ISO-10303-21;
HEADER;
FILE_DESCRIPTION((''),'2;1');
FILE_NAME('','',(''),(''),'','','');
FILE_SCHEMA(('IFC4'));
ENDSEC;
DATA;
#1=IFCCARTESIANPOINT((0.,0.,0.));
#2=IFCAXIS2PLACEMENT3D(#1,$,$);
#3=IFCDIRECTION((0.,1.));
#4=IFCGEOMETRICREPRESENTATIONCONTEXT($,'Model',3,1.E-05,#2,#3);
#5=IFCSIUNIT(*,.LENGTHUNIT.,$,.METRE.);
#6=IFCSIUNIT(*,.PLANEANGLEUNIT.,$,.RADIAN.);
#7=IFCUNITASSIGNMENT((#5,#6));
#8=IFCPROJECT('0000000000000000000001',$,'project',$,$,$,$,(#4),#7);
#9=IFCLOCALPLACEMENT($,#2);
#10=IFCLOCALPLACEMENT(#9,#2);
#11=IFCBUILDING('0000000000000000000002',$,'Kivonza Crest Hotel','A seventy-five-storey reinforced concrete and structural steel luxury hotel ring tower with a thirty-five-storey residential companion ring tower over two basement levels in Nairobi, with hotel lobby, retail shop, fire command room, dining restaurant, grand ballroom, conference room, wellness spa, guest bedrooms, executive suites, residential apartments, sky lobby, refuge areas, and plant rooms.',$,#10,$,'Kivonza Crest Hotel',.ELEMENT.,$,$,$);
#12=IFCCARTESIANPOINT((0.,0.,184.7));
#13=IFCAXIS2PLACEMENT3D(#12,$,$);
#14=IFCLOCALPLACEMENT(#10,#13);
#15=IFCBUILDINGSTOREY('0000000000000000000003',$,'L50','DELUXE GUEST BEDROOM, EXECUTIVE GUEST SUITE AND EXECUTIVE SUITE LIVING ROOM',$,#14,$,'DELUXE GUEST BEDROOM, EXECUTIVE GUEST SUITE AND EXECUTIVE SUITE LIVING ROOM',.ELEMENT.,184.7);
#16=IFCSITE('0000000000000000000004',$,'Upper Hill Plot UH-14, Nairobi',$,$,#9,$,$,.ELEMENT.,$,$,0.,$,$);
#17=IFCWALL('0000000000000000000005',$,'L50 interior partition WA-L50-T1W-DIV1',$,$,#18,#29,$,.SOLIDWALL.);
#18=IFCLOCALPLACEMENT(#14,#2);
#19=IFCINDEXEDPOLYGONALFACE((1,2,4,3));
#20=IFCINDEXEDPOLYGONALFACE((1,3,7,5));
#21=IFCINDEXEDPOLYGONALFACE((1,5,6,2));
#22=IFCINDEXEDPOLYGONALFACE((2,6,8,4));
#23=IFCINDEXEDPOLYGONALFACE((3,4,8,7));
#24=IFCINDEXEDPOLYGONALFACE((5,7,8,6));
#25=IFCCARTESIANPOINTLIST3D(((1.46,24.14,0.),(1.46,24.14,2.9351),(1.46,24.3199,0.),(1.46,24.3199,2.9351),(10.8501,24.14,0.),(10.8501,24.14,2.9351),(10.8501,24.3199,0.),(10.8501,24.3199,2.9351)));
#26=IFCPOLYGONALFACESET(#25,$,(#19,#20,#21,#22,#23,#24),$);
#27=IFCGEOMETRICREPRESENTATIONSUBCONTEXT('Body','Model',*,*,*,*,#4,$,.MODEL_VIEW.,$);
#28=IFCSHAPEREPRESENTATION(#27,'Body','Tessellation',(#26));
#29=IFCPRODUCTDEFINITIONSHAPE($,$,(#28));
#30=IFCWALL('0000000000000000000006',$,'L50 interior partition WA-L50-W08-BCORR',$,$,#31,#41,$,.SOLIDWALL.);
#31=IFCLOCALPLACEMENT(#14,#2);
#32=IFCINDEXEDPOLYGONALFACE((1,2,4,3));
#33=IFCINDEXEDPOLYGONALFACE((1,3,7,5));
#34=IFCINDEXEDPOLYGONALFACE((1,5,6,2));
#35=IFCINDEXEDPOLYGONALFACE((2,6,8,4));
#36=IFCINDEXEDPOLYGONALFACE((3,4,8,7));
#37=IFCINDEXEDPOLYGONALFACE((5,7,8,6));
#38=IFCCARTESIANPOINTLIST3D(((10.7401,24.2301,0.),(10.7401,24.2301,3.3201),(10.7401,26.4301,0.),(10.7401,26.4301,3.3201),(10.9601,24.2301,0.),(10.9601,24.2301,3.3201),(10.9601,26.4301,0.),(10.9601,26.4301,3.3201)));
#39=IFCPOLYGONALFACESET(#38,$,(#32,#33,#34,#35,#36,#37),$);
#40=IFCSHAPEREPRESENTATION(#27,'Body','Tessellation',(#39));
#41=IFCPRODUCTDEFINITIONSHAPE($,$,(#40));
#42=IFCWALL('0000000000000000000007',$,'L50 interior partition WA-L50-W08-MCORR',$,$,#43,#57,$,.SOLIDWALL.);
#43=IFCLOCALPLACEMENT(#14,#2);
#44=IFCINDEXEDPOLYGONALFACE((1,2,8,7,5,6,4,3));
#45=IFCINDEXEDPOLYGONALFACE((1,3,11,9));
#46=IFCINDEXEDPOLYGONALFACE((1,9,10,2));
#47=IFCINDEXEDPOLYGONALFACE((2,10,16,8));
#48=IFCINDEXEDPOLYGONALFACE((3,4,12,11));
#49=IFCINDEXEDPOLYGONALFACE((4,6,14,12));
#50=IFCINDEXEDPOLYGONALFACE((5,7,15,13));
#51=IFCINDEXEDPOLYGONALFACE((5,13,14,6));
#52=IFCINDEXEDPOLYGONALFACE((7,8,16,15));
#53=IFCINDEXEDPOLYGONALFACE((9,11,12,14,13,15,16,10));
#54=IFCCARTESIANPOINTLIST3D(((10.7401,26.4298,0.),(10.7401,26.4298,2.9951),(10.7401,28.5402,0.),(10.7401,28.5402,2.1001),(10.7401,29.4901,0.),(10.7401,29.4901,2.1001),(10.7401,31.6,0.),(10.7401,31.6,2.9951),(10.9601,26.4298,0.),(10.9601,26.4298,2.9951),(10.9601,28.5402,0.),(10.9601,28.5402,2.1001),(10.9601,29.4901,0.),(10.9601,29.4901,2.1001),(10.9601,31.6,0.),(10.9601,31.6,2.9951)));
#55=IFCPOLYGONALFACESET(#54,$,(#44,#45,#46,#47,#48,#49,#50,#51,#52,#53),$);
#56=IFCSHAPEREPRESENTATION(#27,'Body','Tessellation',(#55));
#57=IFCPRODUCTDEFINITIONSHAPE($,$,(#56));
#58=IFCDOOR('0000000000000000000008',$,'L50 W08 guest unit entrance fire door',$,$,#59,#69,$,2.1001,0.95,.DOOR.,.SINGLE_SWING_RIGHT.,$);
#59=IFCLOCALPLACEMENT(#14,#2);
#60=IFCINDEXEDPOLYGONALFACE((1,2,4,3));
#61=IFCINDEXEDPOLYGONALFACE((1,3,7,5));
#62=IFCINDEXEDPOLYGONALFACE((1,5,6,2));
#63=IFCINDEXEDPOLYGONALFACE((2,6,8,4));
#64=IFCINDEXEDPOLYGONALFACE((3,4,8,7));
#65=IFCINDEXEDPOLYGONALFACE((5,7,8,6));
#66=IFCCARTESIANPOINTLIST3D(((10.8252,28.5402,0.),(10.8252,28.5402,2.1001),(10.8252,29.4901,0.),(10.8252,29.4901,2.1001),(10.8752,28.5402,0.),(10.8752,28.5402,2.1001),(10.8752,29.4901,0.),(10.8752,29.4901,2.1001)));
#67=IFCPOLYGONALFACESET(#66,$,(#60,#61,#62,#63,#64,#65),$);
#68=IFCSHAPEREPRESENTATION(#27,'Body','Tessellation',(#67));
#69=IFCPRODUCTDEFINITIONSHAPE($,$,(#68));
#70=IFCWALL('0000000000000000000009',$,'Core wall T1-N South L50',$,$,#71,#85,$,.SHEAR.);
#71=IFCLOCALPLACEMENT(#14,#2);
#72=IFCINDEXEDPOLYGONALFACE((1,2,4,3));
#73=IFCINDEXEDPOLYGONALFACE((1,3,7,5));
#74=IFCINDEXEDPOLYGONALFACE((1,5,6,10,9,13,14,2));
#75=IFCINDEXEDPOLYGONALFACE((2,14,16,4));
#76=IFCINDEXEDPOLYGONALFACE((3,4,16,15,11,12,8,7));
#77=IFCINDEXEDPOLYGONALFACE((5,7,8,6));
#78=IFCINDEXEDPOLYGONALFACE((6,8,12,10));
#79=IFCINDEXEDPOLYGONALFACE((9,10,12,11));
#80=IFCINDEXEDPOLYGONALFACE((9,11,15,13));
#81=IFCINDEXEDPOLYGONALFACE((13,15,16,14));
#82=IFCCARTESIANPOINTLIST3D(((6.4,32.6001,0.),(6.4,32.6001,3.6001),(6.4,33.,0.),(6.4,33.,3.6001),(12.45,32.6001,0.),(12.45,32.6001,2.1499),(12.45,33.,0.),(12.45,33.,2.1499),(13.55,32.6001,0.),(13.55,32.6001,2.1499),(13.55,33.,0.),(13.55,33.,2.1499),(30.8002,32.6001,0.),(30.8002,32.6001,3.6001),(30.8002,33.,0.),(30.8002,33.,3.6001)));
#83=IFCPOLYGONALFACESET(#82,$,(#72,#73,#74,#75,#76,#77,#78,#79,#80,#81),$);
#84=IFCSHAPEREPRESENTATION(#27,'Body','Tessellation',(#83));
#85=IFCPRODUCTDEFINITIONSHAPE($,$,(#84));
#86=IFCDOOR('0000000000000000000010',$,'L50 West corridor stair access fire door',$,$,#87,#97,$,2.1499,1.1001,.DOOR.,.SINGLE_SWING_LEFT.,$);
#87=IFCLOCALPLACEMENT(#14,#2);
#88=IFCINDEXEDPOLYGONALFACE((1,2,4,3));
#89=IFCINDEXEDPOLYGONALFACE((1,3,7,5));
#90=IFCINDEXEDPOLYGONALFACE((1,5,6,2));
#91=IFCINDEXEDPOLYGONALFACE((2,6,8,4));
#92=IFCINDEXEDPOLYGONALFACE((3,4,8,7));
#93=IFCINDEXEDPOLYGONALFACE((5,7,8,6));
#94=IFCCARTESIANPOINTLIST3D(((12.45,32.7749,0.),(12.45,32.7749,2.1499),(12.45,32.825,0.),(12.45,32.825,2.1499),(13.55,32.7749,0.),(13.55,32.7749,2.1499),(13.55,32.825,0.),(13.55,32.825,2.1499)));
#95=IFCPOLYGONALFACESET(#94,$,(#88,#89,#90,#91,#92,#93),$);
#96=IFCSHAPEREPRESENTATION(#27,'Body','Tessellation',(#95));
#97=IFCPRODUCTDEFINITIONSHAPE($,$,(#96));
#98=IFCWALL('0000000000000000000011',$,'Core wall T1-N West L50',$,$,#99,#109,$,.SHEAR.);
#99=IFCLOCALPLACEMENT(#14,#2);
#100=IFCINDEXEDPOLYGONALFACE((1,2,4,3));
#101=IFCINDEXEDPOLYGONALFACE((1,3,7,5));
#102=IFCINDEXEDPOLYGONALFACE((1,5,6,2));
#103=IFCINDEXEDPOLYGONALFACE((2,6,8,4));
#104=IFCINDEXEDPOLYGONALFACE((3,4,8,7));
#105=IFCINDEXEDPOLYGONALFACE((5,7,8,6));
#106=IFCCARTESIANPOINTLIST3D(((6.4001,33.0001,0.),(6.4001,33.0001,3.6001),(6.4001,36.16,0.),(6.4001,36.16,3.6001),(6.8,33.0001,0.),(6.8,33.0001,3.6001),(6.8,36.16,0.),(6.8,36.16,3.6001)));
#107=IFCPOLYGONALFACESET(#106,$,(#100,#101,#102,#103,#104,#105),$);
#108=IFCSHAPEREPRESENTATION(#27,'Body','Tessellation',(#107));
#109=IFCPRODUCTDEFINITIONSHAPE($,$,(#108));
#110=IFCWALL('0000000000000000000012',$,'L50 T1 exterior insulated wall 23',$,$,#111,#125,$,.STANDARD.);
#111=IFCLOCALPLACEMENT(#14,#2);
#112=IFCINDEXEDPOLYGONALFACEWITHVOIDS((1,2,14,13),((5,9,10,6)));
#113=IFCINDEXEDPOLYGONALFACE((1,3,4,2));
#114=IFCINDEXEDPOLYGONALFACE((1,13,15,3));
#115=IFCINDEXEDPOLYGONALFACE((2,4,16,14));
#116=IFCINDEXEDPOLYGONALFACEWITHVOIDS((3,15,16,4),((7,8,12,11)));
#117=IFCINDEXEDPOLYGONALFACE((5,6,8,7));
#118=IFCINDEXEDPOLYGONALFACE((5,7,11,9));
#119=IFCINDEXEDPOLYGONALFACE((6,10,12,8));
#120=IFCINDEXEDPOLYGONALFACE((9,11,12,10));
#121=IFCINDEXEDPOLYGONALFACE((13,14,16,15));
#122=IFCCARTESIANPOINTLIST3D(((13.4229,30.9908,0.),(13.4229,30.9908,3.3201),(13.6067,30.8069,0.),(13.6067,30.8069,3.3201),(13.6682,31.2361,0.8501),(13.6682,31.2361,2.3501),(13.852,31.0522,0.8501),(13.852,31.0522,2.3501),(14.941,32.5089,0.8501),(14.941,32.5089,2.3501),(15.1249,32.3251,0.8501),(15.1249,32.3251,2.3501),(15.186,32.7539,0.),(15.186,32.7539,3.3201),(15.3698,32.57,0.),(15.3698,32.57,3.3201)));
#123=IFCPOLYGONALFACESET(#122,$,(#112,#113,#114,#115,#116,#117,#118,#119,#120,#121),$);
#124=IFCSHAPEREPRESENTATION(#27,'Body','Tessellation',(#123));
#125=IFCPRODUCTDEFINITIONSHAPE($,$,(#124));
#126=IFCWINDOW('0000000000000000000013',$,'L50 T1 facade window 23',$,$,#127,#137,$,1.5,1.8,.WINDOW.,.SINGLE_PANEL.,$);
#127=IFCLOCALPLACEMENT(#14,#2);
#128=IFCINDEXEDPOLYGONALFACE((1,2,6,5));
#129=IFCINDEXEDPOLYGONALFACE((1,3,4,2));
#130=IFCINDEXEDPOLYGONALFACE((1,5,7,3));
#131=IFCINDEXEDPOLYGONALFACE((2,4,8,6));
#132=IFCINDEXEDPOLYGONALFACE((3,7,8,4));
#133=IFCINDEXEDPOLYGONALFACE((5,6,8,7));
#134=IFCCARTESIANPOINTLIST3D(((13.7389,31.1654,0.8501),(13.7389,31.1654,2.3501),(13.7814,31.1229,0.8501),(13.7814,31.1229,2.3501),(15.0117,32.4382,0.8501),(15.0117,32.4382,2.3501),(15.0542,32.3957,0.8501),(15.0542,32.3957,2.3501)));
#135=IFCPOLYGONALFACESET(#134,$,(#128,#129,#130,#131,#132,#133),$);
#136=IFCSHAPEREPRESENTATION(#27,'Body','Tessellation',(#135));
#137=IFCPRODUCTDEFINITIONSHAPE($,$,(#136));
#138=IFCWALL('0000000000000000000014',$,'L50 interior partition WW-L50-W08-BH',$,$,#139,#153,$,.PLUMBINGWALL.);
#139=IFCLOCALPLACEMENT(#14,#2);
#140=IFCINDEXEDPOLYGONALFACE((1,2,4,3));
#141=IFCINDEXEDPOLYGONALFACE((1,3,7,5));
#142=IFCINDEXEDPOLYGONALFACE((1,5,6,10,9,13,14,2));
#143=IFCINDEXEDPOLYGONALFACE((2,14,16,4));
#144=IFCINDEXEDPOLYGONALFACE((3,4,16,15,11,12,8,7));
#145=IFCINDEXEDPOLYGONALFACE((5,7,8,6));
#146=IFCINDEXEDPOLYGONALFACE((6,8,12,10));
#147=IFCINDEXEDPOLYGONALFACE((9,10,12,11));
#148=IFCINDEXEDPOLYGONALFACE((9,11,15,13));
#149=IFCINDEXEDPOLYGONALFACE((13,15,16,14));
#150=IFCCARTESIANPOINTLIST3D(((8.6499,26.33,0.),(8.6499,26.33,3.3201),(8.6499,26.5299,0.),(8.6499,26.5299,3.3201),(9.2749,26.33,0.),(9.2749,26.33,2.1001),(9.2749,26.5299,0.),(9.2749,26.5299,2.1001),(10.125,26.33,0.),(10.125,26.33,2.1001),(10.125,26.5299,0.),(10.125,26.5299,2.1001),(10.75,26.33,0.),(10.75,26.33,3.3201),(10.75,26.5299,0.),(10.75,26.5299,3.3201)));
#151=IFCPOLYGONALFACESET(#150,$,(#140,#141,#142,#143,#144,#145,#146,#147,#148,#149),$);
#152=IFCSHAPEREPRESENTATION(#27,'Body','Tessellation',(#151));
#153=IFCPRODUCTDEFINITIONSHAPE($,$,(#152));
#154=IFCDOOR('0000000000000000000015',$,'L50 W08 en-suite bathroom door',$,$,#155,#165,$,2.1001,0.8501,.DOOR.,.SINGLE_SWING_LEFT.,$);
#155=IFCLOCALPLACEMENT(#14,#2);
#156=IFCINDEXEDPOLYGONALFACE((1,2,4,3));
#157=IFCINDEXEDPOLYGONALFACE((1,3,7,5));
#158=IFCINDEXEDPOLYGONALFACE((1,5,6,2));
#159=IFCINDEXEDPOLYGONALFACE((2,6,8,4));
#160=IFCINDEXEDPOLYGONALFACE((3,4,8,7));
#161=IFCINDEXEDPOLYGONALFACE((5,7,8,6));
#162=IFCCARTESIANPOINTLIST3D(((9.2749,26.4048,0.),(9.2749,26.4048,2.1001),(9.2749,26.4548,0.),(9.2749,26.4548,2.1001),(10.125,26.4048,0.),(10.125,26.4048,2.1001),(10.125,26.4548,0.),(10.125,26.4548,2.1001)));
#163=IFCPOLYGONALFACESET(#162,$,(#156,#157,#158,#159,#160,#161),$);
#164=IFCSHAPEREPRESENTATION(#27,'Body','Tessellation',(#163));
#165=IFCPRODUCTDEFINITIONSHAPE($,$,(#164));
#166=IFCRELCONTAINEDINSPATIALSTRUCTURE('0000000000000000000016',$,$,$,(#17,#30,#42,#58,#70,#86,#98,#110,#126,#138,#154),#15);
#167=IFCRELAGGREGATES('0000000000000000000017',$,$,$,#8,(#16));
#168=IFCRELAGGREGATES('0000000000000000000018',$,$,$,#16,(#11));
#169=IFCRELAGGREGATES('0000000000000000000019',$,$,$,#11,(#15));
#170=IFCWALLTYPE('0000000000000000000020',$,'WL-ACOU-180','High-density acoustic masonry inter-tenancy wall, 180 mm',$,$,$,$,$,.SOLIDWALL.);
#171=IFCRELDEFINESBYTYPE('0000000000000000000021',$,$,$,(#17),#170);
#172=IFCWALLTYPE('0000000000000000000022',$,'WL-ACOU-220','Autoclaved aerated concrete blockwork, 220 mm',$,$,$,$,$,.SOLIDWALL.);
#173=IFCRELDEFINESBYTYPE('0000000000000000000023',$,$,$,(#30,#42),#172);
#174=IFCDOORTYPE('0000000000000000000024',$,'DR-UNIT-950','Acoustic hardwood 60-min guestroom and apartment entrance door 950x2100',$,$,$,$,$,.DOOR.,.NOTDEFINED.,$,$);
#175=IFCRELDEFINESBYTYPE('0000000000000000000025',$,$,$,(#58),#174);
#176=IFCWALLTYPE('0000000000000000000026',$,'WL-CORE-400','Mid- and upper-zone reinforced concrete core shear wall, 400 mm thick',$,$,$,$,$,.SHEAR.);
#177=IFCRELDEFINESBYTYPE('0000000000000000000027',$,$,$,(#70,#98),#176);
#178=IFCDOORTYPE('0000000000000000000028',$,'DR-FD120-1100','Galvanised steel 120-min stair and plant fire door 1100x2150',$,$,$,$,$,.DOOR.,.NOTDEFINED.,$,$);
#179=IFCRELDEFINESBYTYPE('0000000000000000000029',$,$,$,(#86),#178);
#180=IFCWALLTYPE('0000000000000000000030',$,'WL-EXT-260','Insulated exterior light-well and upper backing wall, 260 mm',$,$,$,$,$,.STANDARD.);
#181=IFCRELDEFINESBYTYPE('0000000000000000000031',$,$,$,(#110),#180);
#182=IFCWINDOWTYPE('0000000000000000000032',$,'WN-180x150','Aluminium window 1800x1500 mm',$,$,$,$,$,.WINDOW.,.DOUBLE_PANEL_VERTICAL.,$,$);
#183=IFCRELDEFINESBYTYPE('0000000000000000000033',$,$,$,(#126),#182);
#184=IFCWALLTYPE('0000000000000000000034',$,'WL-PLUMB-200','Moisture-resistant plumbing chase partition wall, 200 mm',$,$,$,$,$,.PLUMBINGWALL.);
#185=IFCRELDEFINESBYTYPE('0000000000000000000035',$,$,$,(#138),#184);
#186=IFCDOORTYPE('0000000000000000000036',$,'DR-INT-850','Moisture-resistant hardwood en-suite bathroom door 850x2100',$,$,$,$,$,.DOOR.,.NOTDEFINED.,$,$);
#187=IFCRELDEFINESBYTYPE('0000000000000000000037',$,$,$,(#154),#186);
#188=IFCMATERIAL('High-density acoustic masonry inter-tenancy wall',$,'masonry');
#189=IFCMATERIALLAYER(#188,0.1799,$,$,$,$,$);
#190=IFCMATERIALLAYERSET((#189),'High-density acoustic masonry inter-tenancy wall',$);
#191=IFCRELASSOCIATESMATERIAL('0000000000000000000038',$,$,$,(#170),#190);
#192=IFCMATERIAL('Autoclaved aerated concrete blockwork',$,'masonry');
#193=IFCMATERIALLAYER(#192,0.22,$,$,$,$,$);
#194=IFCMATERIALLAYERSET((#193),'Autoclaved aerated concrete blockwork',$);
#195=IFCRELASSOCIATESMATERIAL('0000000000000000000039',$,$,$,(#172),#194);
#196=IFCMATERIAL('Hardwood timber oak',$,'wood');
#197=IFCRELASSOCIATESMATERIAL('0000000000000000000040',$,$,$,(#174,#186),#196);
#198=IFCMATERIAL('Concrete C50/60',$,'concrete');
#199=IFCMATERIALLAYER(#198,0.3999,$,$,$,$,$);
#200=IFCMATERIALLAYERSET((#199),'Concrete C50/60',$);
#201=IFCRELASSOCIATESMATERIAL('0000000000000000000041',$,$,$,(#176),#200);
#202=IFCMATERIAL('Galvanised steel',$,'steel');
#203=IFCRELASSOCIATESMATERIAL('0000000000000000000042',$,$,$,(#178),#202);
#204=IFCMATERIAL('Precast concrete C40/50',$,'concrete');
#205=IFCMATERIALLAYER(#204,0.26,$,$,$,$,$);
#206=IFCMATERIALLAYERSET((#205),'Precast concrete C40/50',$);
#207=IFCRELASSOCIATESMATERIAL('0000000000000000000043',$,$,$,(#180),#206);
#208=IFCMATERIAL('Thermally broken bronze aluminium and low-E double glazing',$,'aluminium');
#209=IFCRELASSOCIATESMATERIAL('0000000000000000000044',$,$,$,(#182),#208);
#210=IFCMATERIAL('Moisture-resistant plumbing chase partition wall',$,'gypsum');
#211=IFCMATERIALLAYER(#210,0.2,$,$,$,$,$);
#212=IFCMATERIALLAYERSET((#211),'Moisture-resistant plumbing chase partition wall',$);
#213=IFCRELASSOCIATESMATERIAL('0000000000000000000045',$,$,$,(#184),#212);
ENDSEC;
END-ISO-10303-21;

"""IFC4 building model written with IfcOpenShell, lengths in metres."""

from ifc_helpers import new_model, si_unit, direction, frame, frame_2d, origin, place, context, subcontext, project, spatial, rectangle, extrude, material, layer, layer_set, type_object, element, fill, save


model = new_model("IFC4")

# Units and contexts
model_context = context("Model", 3, precision=1e-05, world=origin(), true_north=direction((0.0, 1.0)))
body_context = subcontext(model_context, "Body", "Model", "MODEL_VIEW")
ifc_project = project(units=[si_unit("LENGTHUNIT", "METRE"), si_unit("PLANEANGLEUNIT", "RADIAN")], contexts=[model_context])

# Site, building, storey
site_placement = place(None, origin())
site = spatial("IfcSite", under=ifc_project, at=site_placement, Name="Upper Hill Plot UH-14, Nairobi", CompositionType="ELEMENT", RefElevation=0.0)
building_placement = place(site_placement, origin())
building = spatial("IfcBuilding", under=site, at=building_placement, Name="Kivonza Crest Hotel", Description="A seventy-five-storey reinforced concrete and structural steel luxury hotel ring tower with a thirty-five-storey residential companion ring tower over two basement levels in Nairobi, with hotel lobby, retail shop, fire command room, dining restaurant, grand ballroom, conference room, wellness spa, guest bedrooms, executive suites, residential apartments, sky lobby, refuge areas, and plant rooms.", LongName="Kivonza Crest Hotel", CompositionType="ELEMENT")
storey_placement = place(building_placement, frame((0.0, 0.0, 184.7)))
storey = spatial("IfcBuildingStorey", under=building, at=storey_placement, Name="L50", Description="DELUXE GUEST BEDROOM, EXECUTIVE GUEST SUITE AND EXECUTIVE SUITE LIVING ROOM", LongName="DELUXE GUEST BEDROOM, EXECUTIVE GUEST SUITE AND EXECUTIVE SUITE LIVING ROOM", CompositionType="ELEMENT", Elevation=184.7)

# Shared definitions
ifc_material_1 = material(Name="Concrete C50/60", Category="concrete")

# Walls
ifc_material_2 = material(Name="High-density acoustic masonry inter-tenancy wall", Category="masonry")
ifc_layer_1 = layer(ifc_material_2, 0.1799)
ifc_layer_set_1 = layer_set([ifc_layer_1], Name="High-density acoustic masonry inter-tenancy wall")
wall_type_1 = type_object("IfcWallType", Name="WL-ACOU-180", Description="High-density acoustic masonry inter-tenancy wall, 180 mm", PredefinedType="SOLIDWALL", material=ifc_layer_set_1)
wall_1_placement = place(storey_placement, frame((1.46, 24.23, 0.0), z_axis=(0.0, 0.0, 1.0), x_axis=(1.0, 0.0, 0.0)))
element("IfcWall", 1, at=wall_1_placement, inside=storey, type_object=wall_type_1, Name="L50 interior partition WA-L50-T1W-DIV1", PredefinedType="SOLIDWALL", context=body_context, shape_type="SweptSolid", body=[
    extrude(rectangle(XDim=9.3901, YDim=0.1799, at=frame_2d((4.6951, 0.0))), origin(), (0.0, 0.0, 1.0), 2.9351),
])
ifc_material_3 = material(Name="Autoclaved aerated concrete blockwork", Category="masonry")
ifc_layer_2 = layer(ifc_material_3, 0.22)
ifc_layer_set_2 = layer_set([ifc_layer_2], Name="Autoclaved aerated concrete blockwork")
wall_type_2 = type_object("IfcWallType", Name="WL-ACOU-220", Description="Autoclaved aerated concrete blockwork, 220 mm", PredefinedType="SOLIDWALL", material=ifc_layer_set_2)
wall_2_placement = place(storey_placement, frame((10.8501, 24.23, 0.0), z_axis=(0.0, 0.0, 1.0), x_axis=(0.0, 1.0, 0.0)))
element("IfcWall", 2, at=wall_2_placement, inside=storey, type_object=wall_type_2, Name="L50 interior partition WA-L50-W08-BCORR", PredefinedType="SOLIDWALL", context=body_context, shape_type="SweptSolid", body=[
    extrude(rectangle(XDim=2.2, YDim=0.22, at=frame_2d((1.1001, 0.0))), origin(), (0.0, 0.0, 1.0), 3.3201),
])

# Walls, openings, doors
wall_3_placement = place(storey_placement, frame((10.8501, 26.4299, 0.0), z_axis=(0.0, 0.0, 1.0), x_axis=(0.0, 1.0, 0.0)))
wall_3 = element("IfcWall", 3, at=wall_3_placement, inside=storey, type_object=wall_type_2, Name="L50 interior partition WA-L50-W08-MCORR", PredefinedType="SOLIDWALL", context=body_context, shape_type="SweptSolid", body=[
    extrude(rectangle(XDim=5.1702, YDim=0.22, at=frame_2d((2.585, 0.0))), origin(), (0.0, 0.0, 1.0), 2.9951),
])
opening_1_placement = place(wall_3_placement, frame((2.1101, 0.0, 0.0)))
opening_1 = element("IfcOpeningElement", 4, at=opening_1_placement, cuts=wall_3, PredefinedType="OPENING", context=body_context, shape_type="SweptSolid", body=[
    extrude(rectangle(XDim=0.95, YDim=2.1001, at=frame_2d((0.4751, 1.05))), frame((0.0, 0.1201, 0.0), z_axis=(0.0, -1.0, 0.0), x_axis=(1.0, 0.0, 0.0)), (0.0, 0.0, 1.0), 0.24),
])
ifc_material_4 = material(Name="Hardwood timber oak", Category="wood")
door_type_1 = type_object("IfcDoorType", Name="DR-UNIT-950", Description="Acoustic hardwood 60-min guestroom and apartment entrance door 950x2100", OperationType="NOTDEFINED", PredefinedType="DOOR", material=ifc_material_4)
door_1_placement = place(opening_1_placement, origin())
door_1 = element("IfcDoor", 5, at=door_1_placement, inside=storey, type_object=door_type_1, Name="L50 W08 guest unit entrance fire door", OperationType="SINGLE_SWING_RIGHT", OverallHeight=2.1001, OverallWidth=0.95, PredefinedType="DOOR", context=body_context, shape_type="SweptSolid", body=[
    extrude(rectangle(XDim=0.95, YDim=2.1001, at=frame_2d((0.4751, 1.05))), frame((0.0, 0.0249, 0.0), z_axis=(0.0, -1.0, 0.0), x_axis=(1.0, 0.0, 0.0)), (0.0, 0.0, 1.0), 0.05),
])
fill(opening_1, door_1)
ifc_layer_3 = layer(ifc_material_1, 0.3999)
ifc_layer_set_3 = layer_set([ifc_layer_3], Name="Concrete C50/60")
wall_type_3 = type_object("IfcWallType", Name="WL-CORE-400", Description="Mid- and upper-zone reinforced concrete core shear wall, 400 mm thick", PredefinedType="SHEAR", material=ifc_layer_set_3)
wall_4_placement = place(storey_placement, frame((6.3999, 32.8, 0.0), z_axis=(0.0, 0.0, 1.0), x_axis=(1.0, 0.0, 0.0)))
wall_4 = element("IfcWall", 6, at=wall_4_placement, inside=storey, type_object=wall_type_3, Name="Core wall T1-N South L50", PredefinedType="SHEAR", context=body_context, shape_type="SweptSolid", body=[
    extrude(rectangle(XDim=24.4001, YDim=0.3999, at=frame_2d((12.2002, 0.0))), origin(), (0.0, 0.0, 1.0), 3.6001),
])
opening_2_placement = place(wall_4_placement, frame((6.05, 0.0, 0.0)))
opening_2 = element("IfcOpeningElement", 7, at=opening_2_placement, cuts=wall_4, PredefinedType="OPENING", context=body_context, shape_type="SweptSolid", body=[
    extrude(rectangle(XDim=1.1001, YDim=2.1499, at=frame_2d((0.55, 1.075))), frame((0.0, 0.21, 0.0), z_axis=(0.0, -1.0, 0.0), x_axis=(1.0, 0.0, 0.0)), (0.0, 0.0, 1.0), 0.4199),
])
ifc_material_5 = material(Name="Galvanised steel", Category="steel")
door_type_2 = type_object("IfcDoorType", Name="DR-FD120-1100", Description="Galvanised steel 120-min stair and plant fire door 1100x2150", OperationType="NOTDEFINED", PredefinedType="DOOR", material=ifc_material_5)
door_2_placement = place(opening_2_placement, origin())
door_2 = element("IfcDoor", 8, at=door_2_placement, inside=storey, type_object=door_type_2, Name="L50 West corridor stair access fire door", OperationType="SINGLE_SWING_LEFT", OverallHeight=2.1499, OverallWidth=1.1001, PredefinedType="DOOR", context=body_context, shape_type="SweptSolid", body=[
    extrude(rectangle(XDim=1.1001, YDim=2.1499, at=frame_2d((0.55, 1.075))), frame((0.0, 0.0249, 0.0), z_axis=(0.0, -1.0, 0.0), x_axis=(1.0, 0.0, 0.0)), (0.0, 0.0, 1.0), 0.05),
])
fill(opening_2, door_2)

# Wall
wall_5_placement = place(storey_placement, frame((6.6001, 33.0, 0.0), z_axis=(0.0, 0.0, 1.0), x_axis=(0.0, 1.0, 0.0)))
element("IfcWall", 9, at=wall_5_placement, inside=storey, type_object=wall_type_3, Name="Core wall T1-N West L50", PredefinedType="SHEAR", context=body_context, shape_type="SweptSolid", body=[
    extrude(rectangle(XDim=3.1599, YDim=0.3999, at=frame_2d((1.5801, 0.0))), origin(), (0.0, 0.0, 1.0), 3.6001),
])

# Wall, opening, window
ifc_material_6 = material(Name="Precast concrete C40/50", Category="concrete")
ifc_layer_4 = layer(ifc_material_6, 0.26)
ifc_layer_set_4 = layer_set([ifc_layer_4], Name="Precast concrete C40/50")
wall_type_4 = type_object("IfcWallType", Name="WL-EXT-260", Description="Insulated exterior light-well and upper backing wall, 260 mm", PredefinedType="STANDARD", material=ifc_layer_set_4)
wall_6_placement = place(storey_placement, frame((13.5149, 30.8989, 0.0), z_axis=(0.0, 0.0, 1.0), x_axis=(0.707107, 0.707107, 0.0)))
wall_6 = element("IfcWall", 10, at=wall_6_placement, inside=storey, type_object=wall_type_4, Name="L50 T1 exterior insulated wall 23", PredefinedType="STANDARD", context=body_context, shape_type="SweptSolid", body=[
    extrude(rectangle(XDim=2.4934, YDim=0.26, at=frame_2d((1.2466, 0.0))), origin(), (0.0, 0.0, 1.0), 3.3201),
])
opening_3_placement = place(wall_6_placement, frame((0.3469, 0.0, 0.8501)))
opening_3 = element("IfcOpeningElement", 11, at=opening_3_placement, cuts=wall_6, PredefinedType="OPENING", context=body_context, shape_type="SweptSolid", body=[
    extrude(rectangle(XDim=1.8, YDim=1.5, at=frame_2d((0.8999, 0.75))), frame((0.0, 0.1401, 0.0), z_axis=(0.0, -1.0, 0.0), x_axis=(1.0, 0.0, 0.0)), (0.0, 0.0, 1.0), 0.28),
])
ifc_material_7 = material(Name="Thermally broken bronze aluminium and low-E double glazing", Category="aluminium")
window_type = type_object("IfcWindowType", Name="WN-180x150", Description="Aluminium window 1800x1500 mm", PartitioningType="DOUBLE_PANEL_VERTICAL", PredefinedType="WINDOW", material=ifc_material_7)
window_placement = place(opening_3_placement, origin())
window = element("IfcWindow", 12, at=window_placement, inside=storey, type_object=window_type, Name="L50 T1 facade window 23", OverallHeight=1.5, OverallWidth=1.8, PartitioningType="SINGLE_PANEL", PredefinedType="WINDOW", context=body_context, shape_type="SweptSolid", body=[
    extrude(rectangle(XDim=1.8, YDim=1.5, at=frame_2d((0.8999, 0.75))), frame((0.0, 0.03, 0.0), z_axis=(0.0, -1.0, 0.0), x_axis=(1.0, 0.0, 0.0)), (0.0, 0.0, 1.0), 0.0601),
])
fill(opening_3, window)

# Wall, opening, door
ifc_material_8 = material(Name="Moisture-resistant plumbing chase partition wall", Category="gypsum")
ifc_layer_5 = layer(ifc_material_8, 0.2)
ifc_layer_set_5 = layer_set([ifc_layer_5], Name="Moisture-resistant plumbing chase partition wall")
wall_type_5 = type_object("IfcWallType", Name="WL-PLUMB-200", Description="Moisture-resistant plumbing chase partition wall, 200 mm", PredefinedType="PLUMBINGWALL", material=ifc_layer_set_5)
wall_7_placement = place(storey_placement, frame((8.6499, 26.4299, 0.0), z_axis=(0.0, 0.0, 1.0), x_axis=(1.0, 0.0, 0.0)))
wall_7 = element("IfcWall", 13, at=wall_7_placement, inside=storey, type_object=wall_type_5, Name="L50 interior partition WW-L50-W08-BH", PredefinedType="PLUMBINGWALL", context=body_context, shape_type="SweptSolid", body=[
    extrude(rectangle(XDim=2.1001, YDim=0.2, at=frame_2d((1.05, 0.0))), origin(), (0.0, 0.0, 1.0), 3.3201),
])
opening_4_placement = place(wall_7_placement, frame((0.625, 0.0, 0.0)))
opening_4 = element("IfcOpeningElement", 14, at=opening_4_placement, cuts=wall_7, PredefinedType="OPENING", context=body_context, shape_type="SweptSolid", body=[
    extrude(rectangle(XDim=0.8501, YDim=2.1001, at=frame_2d((0.425, 1.05))), frame((0.0, 0.1099, 0.0), z_axis=(0.0, -1.0, 0.0), x_axis=(1.0, 0.0, 0.0)), (0.0, 0.0, 1.0), 0.22),
])
door_type_3 = type_object("IfcDoorType", Name="DR-INT-850", Description="Moisture-resistant hardwood en-suite bathroom door 850x2100", OperationType="NOTDEFINED", PredefinedType="DOOR", material=ifc_material_4)
door_3_placement = place(opening_4_placement, origin())
door_3 = element("IfcDoor", 15, at=door_3_placement, inside=storey, type_object=door_type_3, Name="L50 W08 en-suite bathroom door", OperationType="SINGLE_SWING_LEFT", OverallHeight=2.1001, OverallWidth=0.8501, PredefinedType="DOOR", context=body_context, shape_type="SweptSolid", body=[
    extrude(rectangle(XDim=0.8501, YDim=2.1001, at=frame_2d((0.425, 1.05))), frame((0.0, 0.0249, 0.0), z_axis=(0.0, -1.0, 0.0), x_axis=(1.0, 0.0, 0.0)), (0.0, 0.0, 1.0), 0.05),
])
fill(opening_4, door_3)

save(model, "model.ifc")
